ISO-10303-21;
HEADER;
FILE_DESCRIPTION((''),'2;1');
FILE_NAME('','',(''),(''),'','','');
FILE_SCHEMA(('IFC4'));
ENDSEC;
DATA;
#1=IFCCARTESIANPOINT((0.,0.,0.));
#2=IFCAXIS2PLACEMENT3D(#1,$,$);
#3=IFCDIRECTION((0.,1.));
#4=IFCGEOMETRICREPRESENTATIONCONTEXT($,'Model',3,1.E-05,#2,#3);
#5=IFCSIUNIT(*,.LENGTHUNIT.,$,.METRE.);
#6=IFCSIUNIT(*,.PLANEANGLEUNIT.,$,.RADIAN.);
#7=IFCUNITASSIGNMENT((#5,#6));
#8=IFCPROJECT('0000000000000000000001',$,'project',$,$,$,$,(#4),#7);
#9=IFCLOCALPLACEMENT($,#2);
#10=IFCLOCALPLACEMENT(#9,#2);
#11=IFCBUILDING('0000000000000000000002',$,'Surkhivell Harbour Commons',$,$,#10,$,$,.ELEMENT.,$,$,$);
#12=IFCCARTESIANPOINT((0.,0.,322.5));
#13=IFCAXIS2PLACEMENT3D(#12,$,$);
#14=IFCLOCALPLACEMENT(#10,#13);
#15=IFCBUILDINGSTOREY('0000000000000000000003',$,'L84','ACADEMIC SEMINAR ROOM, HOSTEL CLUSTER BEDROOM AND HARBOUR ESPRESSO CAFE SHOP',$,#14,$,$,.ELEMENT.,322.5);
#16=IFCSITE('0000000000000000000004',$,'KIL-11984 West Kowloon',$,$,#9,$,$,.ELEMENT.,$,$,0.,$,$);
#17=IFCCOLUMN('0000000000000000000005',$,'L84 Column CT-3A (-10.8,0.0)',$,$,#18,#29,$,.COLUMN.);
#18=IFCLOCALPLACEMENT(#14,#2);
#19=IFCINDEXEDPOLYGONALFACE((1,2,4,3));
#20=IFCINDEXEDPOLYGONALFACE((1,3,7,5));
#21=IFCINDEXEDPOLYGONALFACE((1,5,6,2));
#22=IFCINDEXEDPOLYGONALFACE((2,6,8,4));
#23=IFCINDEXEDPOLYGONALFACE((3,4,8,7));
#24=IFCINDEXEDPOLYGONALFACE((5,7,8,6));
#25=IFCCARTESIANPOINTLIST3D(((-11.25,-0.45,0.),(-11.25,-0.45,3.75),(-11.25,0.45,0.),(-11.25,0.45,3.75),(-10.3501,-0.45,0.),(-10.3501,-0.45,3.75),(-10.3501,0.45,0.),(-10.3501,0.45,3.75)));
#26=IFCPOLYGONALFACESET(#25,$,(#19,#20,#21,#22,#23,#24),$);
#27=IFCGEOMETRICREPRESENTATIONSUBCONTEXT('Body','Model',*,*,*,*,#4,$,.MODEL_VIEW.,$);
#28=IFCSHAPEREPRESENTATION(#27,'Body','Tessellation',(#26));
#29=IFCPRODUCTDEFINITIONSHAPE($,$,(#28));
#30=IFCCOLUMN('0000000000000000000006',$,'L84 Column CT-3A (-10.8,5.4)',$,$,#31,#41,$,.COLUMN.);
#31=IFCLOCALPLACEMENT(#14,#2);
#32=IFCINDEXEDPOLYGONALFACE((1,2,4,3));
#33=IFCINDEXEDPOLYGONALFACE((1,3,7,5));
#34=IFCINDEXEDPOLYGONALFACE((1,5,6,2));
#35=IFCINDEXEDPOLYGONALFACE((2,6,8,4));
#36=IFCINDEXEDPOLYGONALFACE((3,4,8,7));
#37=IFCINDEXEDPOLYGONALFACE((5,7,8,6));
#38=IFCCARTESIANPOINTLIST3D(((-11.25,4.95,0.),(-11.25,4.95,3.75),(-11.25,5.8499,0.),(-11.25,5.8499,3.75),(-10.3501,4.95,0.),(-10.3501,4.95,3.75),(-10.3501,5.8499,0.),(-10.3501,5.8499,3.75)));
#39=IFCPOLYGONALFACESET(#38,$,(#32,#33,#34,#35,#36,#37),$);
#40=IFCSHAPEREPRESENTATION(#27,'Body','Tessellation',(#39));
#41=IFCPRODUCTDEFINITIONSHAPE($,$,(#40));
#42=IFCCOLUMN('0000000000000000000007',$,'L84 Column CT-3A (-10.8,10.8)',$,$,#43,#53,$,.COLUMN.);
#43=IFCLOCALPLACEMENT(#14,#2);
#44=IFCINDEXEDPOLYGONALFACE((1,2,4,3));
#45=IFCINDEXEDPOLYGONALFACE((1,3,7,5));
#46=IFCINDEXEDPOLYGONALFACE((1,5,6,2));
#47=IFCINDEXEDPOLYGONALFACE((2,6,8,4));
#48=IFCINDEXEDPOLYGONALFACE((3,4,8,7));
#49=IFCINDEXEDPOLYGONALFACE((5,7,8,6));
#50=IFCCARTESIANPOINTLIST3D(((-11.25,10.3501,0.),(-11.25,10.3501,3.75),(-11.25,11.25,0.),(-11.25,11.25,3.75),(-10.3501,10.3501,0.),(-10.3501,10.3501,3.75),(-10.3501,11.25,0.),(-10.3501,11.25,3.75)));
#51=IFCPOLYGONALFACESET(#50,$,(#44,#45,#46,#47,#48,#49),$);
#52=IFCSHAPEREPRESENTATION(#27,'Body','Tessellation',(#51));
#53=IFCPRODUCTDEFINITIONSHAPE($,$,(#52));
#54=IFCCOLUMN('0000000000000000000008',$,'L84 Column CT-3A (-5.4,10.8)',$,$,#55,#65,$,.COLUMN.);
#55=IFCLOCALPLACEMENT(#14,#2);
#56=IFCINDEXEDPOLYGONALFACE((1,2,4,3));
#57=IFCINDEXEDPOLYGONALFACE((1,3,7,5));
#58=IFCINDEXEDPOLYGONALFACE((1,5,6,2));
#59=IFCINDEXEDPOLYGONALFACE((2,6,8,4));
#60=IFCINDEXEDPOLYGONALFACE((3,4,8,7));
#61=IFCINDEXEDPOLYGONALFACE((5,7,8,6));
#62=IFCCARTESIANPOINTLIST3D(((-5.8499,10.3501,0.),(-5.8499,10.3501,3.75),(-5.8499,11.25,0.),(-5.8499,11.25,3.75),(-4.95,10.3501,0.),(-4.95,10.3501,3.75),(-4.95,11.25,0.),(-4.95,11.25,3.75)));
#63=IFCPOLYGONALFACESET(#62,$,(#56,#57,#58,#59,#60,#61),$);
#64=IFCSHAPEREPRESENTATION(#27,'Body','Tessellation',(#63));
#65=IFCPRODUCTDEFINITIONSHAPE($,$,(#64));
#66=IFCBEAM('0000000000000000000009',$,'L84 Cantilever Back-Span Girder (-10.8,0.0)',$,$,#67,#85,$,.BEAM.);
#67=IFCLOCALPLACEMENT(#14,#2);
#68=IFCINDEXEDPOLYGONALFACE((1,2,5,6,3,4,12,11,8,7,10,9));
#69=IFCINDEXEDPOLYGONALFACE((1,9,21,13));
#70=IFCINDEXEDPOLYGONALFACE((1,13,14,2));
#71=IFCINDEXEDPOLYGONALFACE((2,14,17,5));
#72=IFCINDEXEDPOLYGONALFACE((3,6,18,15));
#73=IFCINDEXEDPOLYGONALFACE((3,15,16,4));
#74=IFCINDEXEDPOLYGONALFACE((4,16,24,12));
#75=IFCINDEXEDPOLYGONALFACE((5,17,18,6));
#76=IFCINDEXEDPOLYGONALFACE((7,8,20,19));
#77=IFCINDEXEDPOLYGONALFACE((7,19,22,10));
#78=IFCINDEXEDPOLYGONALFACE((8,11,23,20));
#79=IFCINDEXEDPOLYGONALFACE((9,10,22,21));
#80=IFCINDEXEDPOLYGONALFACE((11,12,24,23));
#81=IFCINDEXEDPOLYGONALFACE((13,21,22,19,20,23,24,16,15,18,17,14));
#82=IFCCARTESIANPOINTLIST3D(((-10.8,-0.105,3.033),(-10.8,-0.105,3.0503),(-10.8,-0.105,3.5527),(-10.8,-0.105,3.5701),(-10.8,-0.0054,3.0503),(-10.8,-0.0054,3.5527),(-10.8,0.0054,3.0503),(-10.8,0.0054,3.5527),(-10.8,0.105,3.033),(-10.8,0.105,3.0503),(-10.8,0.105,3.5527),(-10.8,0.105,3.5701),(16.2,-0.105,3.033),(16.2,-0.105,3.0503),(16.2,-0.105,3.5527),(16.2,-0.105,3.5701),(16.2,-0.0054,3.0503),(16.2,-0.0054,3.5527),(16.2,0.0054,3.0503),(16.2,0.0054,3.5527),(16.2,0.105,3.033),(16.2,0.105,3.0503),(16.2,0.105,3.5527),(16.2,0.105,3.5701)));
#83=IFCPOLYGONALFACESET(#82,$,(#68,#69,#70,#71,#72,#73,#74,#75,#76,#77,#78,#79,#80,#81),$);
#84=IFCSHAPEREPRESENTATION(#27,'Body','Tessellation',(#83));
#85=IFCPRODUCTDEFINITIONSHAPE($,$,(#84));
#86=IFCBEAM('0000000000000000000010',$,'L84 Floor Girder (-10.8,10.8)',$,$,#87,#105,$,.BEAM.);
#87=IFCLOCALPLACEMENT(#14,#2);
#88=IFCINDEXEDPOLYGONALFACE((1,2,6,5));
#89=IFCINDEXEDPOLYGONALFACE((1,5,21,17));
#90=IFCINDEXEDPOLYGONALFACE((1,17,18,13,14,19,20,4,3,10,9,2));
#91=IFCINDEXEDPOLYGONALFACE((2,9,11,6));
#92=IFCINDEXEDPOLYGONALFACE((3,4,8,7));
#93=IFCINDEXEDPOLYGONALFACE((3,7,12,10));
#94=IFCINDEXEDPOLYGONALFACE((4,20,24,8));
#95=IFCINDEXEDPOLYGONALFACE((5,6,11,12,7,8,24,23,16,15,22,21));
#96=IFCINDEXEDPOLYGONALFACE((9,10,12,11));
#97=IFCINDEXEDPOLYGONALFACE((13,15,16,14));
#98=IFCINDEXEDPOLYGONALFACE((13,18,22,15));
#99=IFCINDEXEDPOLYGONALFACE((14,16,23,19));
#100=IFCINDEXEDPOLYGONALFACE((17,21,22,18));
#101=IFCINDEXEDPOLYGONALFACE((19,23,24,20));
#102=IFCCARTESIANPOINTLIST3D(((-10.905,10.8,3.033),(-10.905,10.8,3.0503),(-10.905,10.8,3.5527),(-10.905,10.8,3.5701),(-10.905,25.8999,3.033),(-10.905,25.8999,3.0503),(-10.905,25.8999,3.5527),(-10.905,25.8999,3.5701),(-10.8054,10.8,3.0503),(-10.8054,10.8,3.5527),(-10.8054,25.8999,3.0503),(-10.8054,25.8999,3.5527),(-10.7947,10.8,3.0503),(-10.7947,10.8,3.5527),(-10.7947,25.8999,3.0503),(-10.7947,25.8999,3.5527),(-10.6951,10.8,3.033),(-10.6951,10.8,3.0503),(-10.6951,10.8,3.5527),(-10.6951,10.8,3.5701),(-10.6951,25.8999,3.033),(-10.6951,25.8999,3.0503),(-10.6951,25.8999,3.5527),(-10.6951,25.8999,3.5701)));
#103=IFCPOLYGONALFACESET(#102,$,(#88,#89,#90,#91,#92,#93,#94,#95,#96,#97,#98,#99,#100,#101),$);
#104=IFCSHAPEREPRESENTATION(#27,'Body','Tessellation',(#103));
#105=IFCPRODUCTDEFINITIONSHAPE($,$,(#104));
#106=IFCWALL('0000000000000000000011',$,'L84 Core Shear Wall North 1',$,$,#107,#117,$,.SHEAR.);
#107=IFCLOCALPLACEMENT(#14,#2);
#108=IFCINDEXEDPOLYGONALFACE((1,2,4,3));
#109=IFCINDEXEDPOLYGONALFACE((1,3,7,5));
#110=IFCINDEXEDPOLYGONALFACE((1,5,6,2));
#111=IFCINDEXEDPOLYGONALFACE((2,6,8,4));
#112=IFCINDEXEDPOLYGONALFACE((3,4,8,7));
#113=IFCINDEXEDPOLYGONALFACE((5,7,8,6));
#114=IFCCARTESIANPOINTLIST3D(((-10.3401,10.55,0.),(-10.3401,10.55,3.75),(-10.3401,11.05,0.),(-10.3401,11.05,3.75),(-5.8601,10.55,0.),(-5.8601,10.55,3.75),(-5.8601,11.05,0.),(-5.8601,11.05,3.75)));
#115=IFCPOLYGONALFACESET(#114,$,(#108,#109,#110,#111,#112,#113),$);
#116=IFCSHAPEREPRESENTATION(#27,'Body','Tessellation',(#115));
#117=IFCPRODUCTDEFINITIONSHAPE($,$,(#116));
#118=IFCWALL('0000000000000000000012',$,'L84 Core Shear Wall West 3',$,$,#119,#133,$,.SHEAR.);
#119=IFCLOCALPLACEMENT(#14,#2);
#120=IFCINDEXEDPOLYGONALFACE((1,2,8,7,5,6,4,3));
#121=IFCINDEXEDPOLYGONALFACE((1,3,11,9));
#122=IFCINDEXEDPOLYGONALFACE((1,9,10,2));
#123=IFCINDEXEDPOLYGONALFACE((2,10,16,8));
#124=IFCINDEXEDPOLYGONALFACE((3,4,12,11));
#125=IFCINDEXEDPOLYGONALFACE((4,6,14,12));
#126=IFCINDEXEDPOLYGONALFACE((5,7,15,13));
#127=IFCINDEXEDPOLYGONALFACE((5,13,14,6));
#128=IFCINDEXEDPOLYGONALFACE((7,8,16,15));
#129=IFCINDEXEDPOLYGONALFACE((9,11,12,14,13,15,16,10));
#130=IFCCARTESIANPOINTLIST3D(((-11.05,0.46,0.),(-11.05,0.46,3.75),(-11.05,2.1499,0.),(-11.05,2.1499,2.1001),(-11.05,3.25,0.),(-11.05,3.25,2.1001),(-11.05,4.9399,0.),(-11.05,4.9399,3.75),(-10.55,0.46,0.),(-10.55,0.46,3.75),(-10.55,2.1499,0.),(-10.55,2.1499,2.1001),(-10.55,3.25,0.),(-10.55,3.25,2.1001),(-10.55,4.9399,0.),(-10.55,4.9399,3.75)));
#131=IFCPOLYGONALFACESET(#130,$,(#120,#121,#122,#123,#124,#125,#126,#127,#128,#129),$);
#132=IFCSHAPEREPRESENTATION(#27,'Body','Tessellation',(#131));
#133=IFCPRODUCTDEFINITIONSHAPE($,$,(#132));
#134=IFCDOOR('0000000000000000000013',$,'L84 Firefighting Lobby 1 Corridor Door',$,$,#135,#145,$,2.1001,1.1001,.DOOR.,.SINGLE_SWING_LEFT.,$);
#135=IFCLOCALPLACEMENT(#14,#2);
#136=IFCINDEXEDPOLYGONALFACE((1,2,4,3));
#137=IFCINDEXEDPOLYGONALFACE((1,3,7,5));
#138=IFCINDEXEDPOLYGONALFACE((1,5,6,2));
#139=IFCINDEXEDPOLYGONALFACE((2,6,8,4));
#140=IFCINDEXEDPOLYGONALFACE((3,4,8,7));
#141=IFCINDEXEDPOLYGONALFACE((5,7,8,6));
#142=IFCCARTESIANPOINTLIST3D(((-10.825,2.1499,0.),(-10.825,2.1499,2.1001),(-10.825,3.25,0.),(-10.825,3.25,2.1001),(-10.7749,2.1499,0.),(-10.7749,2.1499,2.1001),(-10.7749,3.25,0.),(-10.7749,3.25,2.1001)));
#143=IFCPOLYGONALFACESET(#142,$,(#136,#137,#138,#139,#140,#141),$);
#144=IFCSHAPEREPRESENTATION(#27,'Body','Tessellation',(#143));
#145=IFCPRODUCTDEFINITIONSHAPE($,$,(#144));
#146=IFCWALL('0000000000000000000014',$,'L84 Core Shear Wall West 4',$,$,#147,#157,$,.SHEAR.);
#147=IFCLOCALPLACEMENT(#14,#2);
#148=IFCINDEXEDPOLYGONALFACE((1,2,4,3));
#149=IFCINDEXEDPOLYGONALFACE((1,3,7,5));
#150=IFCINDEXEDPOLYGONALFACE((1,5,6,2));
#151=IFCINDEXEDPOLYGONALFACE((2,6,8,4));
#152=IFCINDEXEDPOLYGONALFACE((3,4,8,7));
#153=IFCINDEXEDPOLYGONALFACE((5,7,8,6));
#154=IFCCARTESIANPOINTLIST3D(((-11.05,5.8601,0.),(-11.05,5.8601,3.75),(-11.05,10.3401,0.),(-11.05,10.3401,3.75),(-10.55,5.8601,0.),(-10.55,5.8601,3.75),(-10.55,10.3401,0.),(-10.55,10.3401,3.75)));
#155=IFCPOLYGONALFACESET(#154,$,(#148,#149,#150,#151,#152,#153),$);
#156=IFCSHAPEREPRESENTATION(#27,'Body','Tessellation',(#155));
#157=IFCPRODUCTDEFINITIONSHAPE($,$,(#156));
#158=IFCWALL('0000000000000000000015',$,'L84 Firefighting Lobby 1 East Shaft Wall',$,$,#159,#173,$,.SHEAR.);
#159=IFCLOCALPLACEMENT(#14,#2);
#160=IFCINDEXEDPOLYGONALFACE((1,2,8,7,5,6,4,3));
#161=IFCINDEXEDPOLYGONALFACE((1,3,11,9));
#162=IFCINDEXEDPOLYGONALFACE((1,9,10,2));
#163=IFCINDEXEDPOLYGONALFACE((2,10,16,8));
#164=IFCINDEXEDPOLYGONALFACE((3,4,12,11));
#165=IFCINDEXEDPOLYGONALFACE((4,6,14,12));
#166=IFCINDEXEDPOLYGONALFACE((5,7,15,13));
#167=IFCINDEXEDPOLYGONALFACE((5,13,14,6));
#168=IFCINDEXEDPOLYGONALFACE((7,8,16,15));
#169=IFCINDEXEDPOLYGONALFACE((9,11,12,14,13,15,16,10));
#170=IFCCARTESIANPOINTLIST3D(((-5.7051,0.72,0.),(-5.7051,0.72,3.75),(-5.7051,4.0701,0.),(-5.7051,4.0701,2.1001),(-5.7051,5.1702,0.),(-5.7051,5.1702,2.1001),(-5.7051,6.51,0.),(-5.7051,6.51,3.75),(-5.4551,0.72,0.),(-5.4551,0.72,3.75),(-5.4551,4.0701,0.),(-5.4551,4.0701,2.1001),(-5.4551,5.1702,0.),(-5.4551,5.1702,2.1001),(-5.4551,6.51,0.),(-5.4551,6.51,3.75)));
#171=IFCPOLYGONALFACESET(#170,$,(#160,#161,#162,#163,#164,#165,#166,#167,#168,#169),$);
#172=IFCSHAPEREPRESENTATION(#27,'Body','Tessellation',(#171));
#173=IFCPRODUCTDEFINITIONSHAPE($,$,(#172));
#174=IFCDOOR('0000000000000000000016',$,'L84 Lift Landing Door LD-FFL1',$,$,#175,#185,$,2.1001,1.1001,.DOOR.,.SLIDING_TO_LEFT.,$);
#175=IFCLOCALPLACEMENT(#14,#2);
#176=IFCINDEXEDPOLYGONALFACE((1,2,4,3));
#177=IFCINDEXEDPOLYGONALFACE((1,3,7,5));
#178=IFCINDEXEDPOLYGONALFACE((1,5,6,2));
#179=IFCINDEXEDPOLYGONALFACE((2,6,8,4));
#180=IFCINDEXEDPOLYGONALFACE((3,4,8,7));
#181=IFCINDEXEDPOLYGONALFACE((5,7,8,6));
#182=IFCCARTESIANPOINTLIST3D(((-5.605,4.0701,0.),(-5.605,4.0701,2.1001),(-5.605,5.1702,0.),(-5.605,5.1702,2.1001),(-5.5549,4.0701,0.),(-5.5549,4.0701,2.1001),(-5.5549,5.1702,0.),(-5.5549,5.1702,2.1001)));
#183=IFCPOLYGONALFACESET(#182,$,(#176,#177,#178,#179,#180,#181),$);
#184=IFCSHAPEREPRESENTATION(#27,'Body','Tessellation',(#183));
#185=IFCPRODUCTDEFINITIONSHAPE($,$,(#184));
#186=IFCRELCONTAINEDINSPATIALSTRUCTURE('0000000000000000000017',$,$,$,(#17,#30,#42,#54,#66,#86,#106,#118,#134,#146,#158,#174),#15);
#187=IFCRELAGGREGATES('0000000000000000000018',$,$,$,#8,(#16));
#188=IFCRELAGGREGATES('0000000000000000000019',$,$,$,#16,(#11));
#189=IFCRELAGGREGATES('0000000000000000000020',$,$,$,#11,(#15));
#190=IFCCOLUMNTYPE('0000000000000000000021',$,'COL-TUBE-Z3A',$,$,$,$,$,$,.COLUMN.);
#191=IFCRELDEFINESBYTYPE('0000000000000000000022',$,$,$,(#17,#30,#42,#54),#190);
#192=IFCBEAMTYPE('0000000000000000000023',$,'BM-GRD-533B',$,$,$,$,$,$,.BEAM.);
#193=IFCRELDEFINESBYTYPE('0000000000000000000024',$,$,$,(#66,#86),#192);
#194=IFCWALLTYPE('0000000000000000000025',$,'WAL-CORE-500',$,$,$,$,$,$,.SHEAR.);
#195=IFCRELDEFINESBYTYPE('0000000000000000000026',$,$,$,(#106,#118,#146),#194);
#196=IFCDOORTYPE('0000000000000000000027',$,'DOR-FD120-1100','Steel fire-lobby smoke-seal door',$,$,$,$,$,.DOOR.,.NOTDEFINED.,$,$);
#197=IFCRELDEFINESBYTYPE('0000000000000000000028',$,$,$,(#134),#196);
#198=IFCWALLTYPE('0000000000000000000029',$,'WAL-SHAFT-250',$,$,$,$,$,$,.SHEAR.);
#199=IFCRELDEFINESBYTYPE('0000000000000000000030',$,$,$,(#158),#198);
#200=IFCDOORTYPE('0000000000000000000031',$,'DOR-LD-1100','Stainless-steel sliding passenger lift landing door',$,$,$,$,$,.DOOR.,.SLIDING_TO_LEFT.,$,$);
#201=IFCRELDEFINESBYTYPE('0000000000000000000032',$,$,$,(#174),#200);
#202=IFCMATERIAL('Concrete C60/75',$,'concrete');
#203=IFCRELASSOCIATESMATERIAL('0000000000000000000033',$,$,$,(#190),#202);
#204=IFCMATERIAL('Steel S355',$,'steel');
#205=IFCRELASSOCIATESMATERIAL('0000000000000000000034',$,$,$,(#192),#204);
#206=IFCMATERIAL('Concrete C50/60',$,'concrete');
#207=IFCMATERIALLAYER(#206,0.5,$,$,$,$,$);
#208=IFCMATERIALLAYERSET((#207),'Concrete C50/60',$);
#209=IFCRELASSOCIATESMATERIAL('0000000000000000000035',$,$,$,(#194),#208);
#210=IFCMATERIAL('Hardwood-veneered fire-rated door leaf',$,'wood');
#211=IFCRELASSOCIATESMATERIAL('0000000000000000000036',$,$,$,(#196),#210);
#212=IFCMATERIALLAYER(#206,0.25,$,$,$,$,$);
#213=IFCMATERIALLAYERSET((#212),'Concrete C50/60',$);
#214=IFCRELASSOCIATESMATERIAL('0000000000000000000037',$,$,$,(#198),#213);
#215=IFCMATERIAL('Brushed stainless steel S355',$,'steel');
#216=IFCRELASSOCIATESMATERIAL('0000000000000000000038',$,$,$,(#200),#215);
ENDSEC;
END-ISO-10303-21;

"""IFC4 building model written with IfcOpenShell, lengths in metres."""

from ifc_helpers import new_model, si_unit, direction, frame, frame_2d, origin, origin_2d, place, context, subcontext, project, spatial, rectangle, i_section, extrude, material, layer, layer_set, material_profile, profile_set, type_object, element, fill, save


model = new_model("IFC4")

# Units and contexts
model_context = context("Model", 3, precision=1e-05, world=origin(), true_north=direction((0.0, 1.0)))
body_context = subcontext(model_context, "Body", "Model", "MODEL_VIEW")
ifc_project = project(units=[si_unit("LENGTHUNIT", "METRE"), si_unit("PLANEANGLEUNIT", "RADIAN")], contexts=[model_context])

# Site, building, storey
site_placement = place(None, origin())
site = spatial("IfcSite", under=ifc_project, at=site_placement, Name="KIL-11984 West Kowloon", CompositionType="ELEMENT", RefElevation=0.0)
building_placement = place(site_placement, origin())
building = spatial("IfcBuilding", under=site, at=building_placement, Name="Surkhivell Harbour Commons", CompositionType="ELEMENT")
storey_placement = place(building_placement, frame((0.0, 0.0, 322.5)))
storey = spatial("IfcBuildingStorey", under=building, at=storey_placement, Name="L84", Description="ACADEMIC SEMINAR ROOM, HOSTEL CLUSTER BEDROOM AND HARBOUR ESPRESSO CAFE SHOP", CompositionType="ELEMENT", Elevation=322.5)

# Columns
ifc_material_1 = material(Name="Concrete C60/75", Category="concrete")
ifc_material_profile_1 = material_profile(ifc_material_1, rectangle(XDim=0.8999, YDim=0.8999, at=origin_2d()), Name="RC-COL-900x900")
ifc_profile_set_1 = profile_set([ifc_material_profile_1], Name="Concrete C60/75")
column_type = type_object("IfcColumnType", Name="COL-TUBE-Z3A", PredefinedType="COLUMN", material=ifc_profile_set_1)
for number, where, z_axis, x_axis, name in (
    (1, (-10.8, 0.0, 0.0), (0.0, 0.0, 1.0), (1.0, 0.0, 0.0), "L84 Column CT-3A (-10.8,0.0)"),
    (2, (-10.8, 5.3999, 0.0), (0.0, 0.0, 1.0), (1.0, 0.0, 0.0), "L84 Column CT-3A (-10.8,5.4)"),
    (3, (-10.8, 10.8, 0.0), (0.0, 0.0, 1.0), (1.0, 0.0, 0.0), "L84 Column CT-3A (-10.8,10.8)"),
    (4, (-5.3999, 10.8, 0.0), (0.0, 0.0, 1.0), (1.0, 0.0, 0.0), "L84 Column CT-3A (-5.4,10.8)"),
):
    element("IfcColumn", number, at=place(storey_placement, frame(where, z_axis=z_axis, x_axis=x_axis)), inside=storey, type_object=column_type, Name=name, PredefinedType="COLUMN", context=body_context, shape_type="SweptSolid", body=[
        extrude(rectangle(XDim=0.8999, YDim=0.8999, at=origin_2d()), origin(), (0.0, 0.0, 1.0), 3.75),
    ])

# Beams
ifc_material_2 = material(Name="Steel S355", Category="steel")
ifc_material_profile_2 = material_profile(ifc_material_2, i_section(OverallWidth=0.21, OverallDepth=0.5371, WebThickness=0.0107, FlangeThickness=0.0173, at=origin_2d()), Name="UB533x210x101")
ifc_profile_set_2 = profile_set([ifc_material_profile_2], Name="Steel S355")
beam_type = type_object("IfcBeamType", Name="BM-GRD-533B", PredefinedType="BEAM", material=ifc_profile_set_2)
beam_1_placement = place(storey_placement, frame((-10.8, 0.0, 3.3015), z_axis=(1.0, 0.0, 0.0), x_axis=(0.0, 1.0, 0.0)))
element("IfcBeam", 5, at=beam_1_placement, inside=storey, type_object=beam_type, Name="L84 Cantilever Back-Span Girder (-10.8,0.0)", PredefinedType="BEAM", context=body_context, shape_type="SweptSolid", body=[
    extrude(i_section(OverallWidth=0.21, OverallDepth=0.5371, WebThickness=0.0107, FlangeThickness=0.0173, at=origin_2d()), origin(), (0.0, 0.0, 1.0), 27.0),
])
beam_2_placement = place(storey_placement, frame((-10.8, 10.8, 3.3015), z_axis=(0.0, 1.0, 0.0), x_axis=(-1.0, 0.0, 0.0)))
element("IfcBeam", 6, at=beam_2_placement, inside=storey, type_object=beam_type, Name="L84 Floor Girder (-10.8,10.8)", PredefinedType="BEAM", context=body_context, shape_type="SweptSolid", body=[
    extrude(i_section(OverallWidth=0.21, OverallDepth=0.5371, WebThickness=0.0107, FlangeThickness=0.0173, at=origin_2d()), origin(), (0.0, 0.0, 1.0), 15.0999),
])

# Wall
ifc_material_3 = material(Name="Concrete C50/60", Category="concrete")
ifc_layer_1 = layer(ifc_material_3, 0.5)
ifc_layer_set_1 = layer_set([ifc_layer_1], Name="Concrete C50/60")
wall_type_1 = type_object("IfcWallType", Name="WAL-CORE-500", PredefinedType="SHEAR", material=ifc_layer_set_1)
wall_1_placement = place(storey_placement, frame((-10.3401, 10.8, 0.0), z_axis=(0.0, 0.0, 1.0), x_axis=(1.0, 0.0, 0.0)))
element("IfcWall", 7, at=wall_1_placement, inside=storey, type_object=wall_type_1, Name="L84 Core Shear Wall North 1", PredefinedType="SHEAR", context=body_context, shape_type="SweptSolid", body=[
    extrude(rectangle(XDim=4.48, YDim=0.5, at=frame_2d((2.24, 0.0))), origin(), (0.0, 0.0, 1.0), 3.75),
])

# Wall, opening, door
wall_2_placement = place(storey_placement, frame((-10.8, 0.46, 0.0), z_axis=(0.0, 0.0, 1.0), x_axis=(0.0, 1.0, 0.0)))
wall_2 = element("IfcWall", 8, at=wall_2_placement, inside=storey, type_object=wall_type_1, Name="L84 Core Shear Wall West 3", PredefinedType="SHEAR", context=body_context, shape_type="SweptSolid", body=[
    extrude(rectangle(XDim=4.48, YDim=0.5, at=frame_2d((2.24, 0.0))), origin(), (0.0, 0.0, 1.0), 3.75),
])
opening_1_placement = place(wall_2_placement, frame((1.6899, 0.0, 0.0)))
opening_1 = element("IfcOpeningElement", 9, at=opening_1_placement, cuts=wall_2, PredefinedType="OPENING", context=body_context, shape_type="SweptSolid", body=[
    extrude(rectangle(XDim=1.1001, YDim=2.1001, at=frame_2d((0.55, 1.05))), frame((0.0, 0.26, 0.0), z_axis=(0.0, -1.0, 0.0), x_axis=(1.0, 0.0, 0.0)), (0.0, 0.0, 1.0), 0.52),
])
ifc_material_4 = material(Name="Hardwood-veneered fire-rated door leaf", Category="wood")
door_type_1 = type_object("IfcDoorType", Name="DOR-FD120-1100", Description="Steel fire-lobby smoke-seal door", OperationType="NOTDEFINED", PredefinedType="DOOR", material=ifc_material_4)
door_1_placement = place(opening_1_placement, origin())
door_1 = element("IfcDoor", 10, at=door_1_placement, inside=storey, type_object=door_type_1, Name="L84 Firefighting Lobby 1 Corridor Door", OperationType="SINGLE_SWING_LEFT", OverallHeight=2.1001, OverallWidth=1.1001, PredefinedType="DOOR", context=body_context, shape_type="SweptSolid", body=[
    extrude(rectangle(XDim=1.1001, YDim=2.1001, at=frame_2d((0.55, 1.05))), frame((0.0, 0.0249, 0.0), z_axis=(0.0, -1.0, 0.0), x_axis=(1.0, 0.0, 0.0)), (0.0, 0.0, 1.0), 0.05),
])
fill(opening_1, door_1)

# Wall
wall_3_placement = place(storey_placement, frame((-10.8, 5.8601, 0.0), z_axis=(0.0, 0.0, 1.0), x_axis=(0.0, 1.0, 0.0)))
element("IfcWall", 11, at=wall_3_placement, inside=storey, type_object=wall_type_1, Name="L84 Core Shear Wall West 4", PredefinedType="SHEAR", context=body_context, shape_type="SweptSolid", body=[
    extrude(rectangle(XDim=4.48, YDim=0.5, at=frame_2d((2.24, 0.0))), origin(), (0.0, 0.0, 1.0), 3.75),
])

# Wall, opening, door
ifc_layer_2 = layer(ifc_material_3, 0.25)
ifc_layer_set_2 = layer_set([ifc_layer_2], Name="Concrete C50/60")
wall_type_2 = type_object("IfcWallType", Name="WAL-SHAFT-250", PredefinedType="SHEAR", material=ifc_layer_set_2)
wall_4_placement = place(storey_placement, frame((-5.5801, 0.72, 0.0), z_axis=(0.0, 0.0, 1.0), x_axis=(0.0, 1.0, 0.0)))
wall_4 = element("IfcWall", 12, at=wall_4_placement, inside=storey, type_object=wall_type_2, Name="L84 Firefighting Lobby 1 East Shaft Wall", PredefinedType="SHEAR", context=body_context, shape_type="SweptSolid", body=[
    extrude(rectangle(XDim=5.79, YDim=0.25, at=frame_2d((2.895, 0.0))), origin(), (0.0, 0.0, 1.0), 3.75),
])
opening_2_placement = place(wall_4_placement, frame((3.3501, 0.0, 0.0)))
opening_2 = element("IfcOpeningElement", 13, at=opening_2_placement, cuts=wall_4, PredefinedType="OPENING", context=body_context, shape_type="SweptSolid", body=[
    extrude(rectangle(XDim=1.1001, YDim=2.1001, at=frame_2d((0.55, 1.05))), frame((0.0, 0.135, 0.0), z_axis=(0.0, -1.0, 0.0), x_axis=(1.0, 0.0, 0.0)), (0.0, 0.0, 1.0), 0.27),
])
ifc_material_5 = material(Name="Brushed stainless steel S355", Category="steel")
door_type_2 = type_object("IfcDoorType", Name="DOR-LD-1100", Description="Stainless-steel sliding passenger lift landing door", OperationType="SLIDING_TO_LEFT", PredefinedType="DOOR", material=ifc_material_5)
door_2_placement = place(opening_2_placement, origin())
door_2 = element("IfcDoor", 14, at=door_2_placement, inside=storey, type_object=door_type_2, Name="L84 Lift Landing Door LD-FFL1", OperationType="SLIDING_TO_LEFT", OverallHeight=2.1001, OverallWidth=1.1001, PredefinedType="DOOR", context=body_context, shape_type="SweptSolid", body=[
    extrude(rectangle(XDim=1.1001, YDim=2.1001, at=frame_2d((0.55, 1.05))), frame((0.0, 0.0249, 0.0), z_axis=(0.0, -1.0, 0.0), x_axis=(1.0, 0.0, 0.0)), (0.0, 0.0, 1.0), 0.05),
])
fill(opening_2, door_2)

save(model, "model.ifc")
